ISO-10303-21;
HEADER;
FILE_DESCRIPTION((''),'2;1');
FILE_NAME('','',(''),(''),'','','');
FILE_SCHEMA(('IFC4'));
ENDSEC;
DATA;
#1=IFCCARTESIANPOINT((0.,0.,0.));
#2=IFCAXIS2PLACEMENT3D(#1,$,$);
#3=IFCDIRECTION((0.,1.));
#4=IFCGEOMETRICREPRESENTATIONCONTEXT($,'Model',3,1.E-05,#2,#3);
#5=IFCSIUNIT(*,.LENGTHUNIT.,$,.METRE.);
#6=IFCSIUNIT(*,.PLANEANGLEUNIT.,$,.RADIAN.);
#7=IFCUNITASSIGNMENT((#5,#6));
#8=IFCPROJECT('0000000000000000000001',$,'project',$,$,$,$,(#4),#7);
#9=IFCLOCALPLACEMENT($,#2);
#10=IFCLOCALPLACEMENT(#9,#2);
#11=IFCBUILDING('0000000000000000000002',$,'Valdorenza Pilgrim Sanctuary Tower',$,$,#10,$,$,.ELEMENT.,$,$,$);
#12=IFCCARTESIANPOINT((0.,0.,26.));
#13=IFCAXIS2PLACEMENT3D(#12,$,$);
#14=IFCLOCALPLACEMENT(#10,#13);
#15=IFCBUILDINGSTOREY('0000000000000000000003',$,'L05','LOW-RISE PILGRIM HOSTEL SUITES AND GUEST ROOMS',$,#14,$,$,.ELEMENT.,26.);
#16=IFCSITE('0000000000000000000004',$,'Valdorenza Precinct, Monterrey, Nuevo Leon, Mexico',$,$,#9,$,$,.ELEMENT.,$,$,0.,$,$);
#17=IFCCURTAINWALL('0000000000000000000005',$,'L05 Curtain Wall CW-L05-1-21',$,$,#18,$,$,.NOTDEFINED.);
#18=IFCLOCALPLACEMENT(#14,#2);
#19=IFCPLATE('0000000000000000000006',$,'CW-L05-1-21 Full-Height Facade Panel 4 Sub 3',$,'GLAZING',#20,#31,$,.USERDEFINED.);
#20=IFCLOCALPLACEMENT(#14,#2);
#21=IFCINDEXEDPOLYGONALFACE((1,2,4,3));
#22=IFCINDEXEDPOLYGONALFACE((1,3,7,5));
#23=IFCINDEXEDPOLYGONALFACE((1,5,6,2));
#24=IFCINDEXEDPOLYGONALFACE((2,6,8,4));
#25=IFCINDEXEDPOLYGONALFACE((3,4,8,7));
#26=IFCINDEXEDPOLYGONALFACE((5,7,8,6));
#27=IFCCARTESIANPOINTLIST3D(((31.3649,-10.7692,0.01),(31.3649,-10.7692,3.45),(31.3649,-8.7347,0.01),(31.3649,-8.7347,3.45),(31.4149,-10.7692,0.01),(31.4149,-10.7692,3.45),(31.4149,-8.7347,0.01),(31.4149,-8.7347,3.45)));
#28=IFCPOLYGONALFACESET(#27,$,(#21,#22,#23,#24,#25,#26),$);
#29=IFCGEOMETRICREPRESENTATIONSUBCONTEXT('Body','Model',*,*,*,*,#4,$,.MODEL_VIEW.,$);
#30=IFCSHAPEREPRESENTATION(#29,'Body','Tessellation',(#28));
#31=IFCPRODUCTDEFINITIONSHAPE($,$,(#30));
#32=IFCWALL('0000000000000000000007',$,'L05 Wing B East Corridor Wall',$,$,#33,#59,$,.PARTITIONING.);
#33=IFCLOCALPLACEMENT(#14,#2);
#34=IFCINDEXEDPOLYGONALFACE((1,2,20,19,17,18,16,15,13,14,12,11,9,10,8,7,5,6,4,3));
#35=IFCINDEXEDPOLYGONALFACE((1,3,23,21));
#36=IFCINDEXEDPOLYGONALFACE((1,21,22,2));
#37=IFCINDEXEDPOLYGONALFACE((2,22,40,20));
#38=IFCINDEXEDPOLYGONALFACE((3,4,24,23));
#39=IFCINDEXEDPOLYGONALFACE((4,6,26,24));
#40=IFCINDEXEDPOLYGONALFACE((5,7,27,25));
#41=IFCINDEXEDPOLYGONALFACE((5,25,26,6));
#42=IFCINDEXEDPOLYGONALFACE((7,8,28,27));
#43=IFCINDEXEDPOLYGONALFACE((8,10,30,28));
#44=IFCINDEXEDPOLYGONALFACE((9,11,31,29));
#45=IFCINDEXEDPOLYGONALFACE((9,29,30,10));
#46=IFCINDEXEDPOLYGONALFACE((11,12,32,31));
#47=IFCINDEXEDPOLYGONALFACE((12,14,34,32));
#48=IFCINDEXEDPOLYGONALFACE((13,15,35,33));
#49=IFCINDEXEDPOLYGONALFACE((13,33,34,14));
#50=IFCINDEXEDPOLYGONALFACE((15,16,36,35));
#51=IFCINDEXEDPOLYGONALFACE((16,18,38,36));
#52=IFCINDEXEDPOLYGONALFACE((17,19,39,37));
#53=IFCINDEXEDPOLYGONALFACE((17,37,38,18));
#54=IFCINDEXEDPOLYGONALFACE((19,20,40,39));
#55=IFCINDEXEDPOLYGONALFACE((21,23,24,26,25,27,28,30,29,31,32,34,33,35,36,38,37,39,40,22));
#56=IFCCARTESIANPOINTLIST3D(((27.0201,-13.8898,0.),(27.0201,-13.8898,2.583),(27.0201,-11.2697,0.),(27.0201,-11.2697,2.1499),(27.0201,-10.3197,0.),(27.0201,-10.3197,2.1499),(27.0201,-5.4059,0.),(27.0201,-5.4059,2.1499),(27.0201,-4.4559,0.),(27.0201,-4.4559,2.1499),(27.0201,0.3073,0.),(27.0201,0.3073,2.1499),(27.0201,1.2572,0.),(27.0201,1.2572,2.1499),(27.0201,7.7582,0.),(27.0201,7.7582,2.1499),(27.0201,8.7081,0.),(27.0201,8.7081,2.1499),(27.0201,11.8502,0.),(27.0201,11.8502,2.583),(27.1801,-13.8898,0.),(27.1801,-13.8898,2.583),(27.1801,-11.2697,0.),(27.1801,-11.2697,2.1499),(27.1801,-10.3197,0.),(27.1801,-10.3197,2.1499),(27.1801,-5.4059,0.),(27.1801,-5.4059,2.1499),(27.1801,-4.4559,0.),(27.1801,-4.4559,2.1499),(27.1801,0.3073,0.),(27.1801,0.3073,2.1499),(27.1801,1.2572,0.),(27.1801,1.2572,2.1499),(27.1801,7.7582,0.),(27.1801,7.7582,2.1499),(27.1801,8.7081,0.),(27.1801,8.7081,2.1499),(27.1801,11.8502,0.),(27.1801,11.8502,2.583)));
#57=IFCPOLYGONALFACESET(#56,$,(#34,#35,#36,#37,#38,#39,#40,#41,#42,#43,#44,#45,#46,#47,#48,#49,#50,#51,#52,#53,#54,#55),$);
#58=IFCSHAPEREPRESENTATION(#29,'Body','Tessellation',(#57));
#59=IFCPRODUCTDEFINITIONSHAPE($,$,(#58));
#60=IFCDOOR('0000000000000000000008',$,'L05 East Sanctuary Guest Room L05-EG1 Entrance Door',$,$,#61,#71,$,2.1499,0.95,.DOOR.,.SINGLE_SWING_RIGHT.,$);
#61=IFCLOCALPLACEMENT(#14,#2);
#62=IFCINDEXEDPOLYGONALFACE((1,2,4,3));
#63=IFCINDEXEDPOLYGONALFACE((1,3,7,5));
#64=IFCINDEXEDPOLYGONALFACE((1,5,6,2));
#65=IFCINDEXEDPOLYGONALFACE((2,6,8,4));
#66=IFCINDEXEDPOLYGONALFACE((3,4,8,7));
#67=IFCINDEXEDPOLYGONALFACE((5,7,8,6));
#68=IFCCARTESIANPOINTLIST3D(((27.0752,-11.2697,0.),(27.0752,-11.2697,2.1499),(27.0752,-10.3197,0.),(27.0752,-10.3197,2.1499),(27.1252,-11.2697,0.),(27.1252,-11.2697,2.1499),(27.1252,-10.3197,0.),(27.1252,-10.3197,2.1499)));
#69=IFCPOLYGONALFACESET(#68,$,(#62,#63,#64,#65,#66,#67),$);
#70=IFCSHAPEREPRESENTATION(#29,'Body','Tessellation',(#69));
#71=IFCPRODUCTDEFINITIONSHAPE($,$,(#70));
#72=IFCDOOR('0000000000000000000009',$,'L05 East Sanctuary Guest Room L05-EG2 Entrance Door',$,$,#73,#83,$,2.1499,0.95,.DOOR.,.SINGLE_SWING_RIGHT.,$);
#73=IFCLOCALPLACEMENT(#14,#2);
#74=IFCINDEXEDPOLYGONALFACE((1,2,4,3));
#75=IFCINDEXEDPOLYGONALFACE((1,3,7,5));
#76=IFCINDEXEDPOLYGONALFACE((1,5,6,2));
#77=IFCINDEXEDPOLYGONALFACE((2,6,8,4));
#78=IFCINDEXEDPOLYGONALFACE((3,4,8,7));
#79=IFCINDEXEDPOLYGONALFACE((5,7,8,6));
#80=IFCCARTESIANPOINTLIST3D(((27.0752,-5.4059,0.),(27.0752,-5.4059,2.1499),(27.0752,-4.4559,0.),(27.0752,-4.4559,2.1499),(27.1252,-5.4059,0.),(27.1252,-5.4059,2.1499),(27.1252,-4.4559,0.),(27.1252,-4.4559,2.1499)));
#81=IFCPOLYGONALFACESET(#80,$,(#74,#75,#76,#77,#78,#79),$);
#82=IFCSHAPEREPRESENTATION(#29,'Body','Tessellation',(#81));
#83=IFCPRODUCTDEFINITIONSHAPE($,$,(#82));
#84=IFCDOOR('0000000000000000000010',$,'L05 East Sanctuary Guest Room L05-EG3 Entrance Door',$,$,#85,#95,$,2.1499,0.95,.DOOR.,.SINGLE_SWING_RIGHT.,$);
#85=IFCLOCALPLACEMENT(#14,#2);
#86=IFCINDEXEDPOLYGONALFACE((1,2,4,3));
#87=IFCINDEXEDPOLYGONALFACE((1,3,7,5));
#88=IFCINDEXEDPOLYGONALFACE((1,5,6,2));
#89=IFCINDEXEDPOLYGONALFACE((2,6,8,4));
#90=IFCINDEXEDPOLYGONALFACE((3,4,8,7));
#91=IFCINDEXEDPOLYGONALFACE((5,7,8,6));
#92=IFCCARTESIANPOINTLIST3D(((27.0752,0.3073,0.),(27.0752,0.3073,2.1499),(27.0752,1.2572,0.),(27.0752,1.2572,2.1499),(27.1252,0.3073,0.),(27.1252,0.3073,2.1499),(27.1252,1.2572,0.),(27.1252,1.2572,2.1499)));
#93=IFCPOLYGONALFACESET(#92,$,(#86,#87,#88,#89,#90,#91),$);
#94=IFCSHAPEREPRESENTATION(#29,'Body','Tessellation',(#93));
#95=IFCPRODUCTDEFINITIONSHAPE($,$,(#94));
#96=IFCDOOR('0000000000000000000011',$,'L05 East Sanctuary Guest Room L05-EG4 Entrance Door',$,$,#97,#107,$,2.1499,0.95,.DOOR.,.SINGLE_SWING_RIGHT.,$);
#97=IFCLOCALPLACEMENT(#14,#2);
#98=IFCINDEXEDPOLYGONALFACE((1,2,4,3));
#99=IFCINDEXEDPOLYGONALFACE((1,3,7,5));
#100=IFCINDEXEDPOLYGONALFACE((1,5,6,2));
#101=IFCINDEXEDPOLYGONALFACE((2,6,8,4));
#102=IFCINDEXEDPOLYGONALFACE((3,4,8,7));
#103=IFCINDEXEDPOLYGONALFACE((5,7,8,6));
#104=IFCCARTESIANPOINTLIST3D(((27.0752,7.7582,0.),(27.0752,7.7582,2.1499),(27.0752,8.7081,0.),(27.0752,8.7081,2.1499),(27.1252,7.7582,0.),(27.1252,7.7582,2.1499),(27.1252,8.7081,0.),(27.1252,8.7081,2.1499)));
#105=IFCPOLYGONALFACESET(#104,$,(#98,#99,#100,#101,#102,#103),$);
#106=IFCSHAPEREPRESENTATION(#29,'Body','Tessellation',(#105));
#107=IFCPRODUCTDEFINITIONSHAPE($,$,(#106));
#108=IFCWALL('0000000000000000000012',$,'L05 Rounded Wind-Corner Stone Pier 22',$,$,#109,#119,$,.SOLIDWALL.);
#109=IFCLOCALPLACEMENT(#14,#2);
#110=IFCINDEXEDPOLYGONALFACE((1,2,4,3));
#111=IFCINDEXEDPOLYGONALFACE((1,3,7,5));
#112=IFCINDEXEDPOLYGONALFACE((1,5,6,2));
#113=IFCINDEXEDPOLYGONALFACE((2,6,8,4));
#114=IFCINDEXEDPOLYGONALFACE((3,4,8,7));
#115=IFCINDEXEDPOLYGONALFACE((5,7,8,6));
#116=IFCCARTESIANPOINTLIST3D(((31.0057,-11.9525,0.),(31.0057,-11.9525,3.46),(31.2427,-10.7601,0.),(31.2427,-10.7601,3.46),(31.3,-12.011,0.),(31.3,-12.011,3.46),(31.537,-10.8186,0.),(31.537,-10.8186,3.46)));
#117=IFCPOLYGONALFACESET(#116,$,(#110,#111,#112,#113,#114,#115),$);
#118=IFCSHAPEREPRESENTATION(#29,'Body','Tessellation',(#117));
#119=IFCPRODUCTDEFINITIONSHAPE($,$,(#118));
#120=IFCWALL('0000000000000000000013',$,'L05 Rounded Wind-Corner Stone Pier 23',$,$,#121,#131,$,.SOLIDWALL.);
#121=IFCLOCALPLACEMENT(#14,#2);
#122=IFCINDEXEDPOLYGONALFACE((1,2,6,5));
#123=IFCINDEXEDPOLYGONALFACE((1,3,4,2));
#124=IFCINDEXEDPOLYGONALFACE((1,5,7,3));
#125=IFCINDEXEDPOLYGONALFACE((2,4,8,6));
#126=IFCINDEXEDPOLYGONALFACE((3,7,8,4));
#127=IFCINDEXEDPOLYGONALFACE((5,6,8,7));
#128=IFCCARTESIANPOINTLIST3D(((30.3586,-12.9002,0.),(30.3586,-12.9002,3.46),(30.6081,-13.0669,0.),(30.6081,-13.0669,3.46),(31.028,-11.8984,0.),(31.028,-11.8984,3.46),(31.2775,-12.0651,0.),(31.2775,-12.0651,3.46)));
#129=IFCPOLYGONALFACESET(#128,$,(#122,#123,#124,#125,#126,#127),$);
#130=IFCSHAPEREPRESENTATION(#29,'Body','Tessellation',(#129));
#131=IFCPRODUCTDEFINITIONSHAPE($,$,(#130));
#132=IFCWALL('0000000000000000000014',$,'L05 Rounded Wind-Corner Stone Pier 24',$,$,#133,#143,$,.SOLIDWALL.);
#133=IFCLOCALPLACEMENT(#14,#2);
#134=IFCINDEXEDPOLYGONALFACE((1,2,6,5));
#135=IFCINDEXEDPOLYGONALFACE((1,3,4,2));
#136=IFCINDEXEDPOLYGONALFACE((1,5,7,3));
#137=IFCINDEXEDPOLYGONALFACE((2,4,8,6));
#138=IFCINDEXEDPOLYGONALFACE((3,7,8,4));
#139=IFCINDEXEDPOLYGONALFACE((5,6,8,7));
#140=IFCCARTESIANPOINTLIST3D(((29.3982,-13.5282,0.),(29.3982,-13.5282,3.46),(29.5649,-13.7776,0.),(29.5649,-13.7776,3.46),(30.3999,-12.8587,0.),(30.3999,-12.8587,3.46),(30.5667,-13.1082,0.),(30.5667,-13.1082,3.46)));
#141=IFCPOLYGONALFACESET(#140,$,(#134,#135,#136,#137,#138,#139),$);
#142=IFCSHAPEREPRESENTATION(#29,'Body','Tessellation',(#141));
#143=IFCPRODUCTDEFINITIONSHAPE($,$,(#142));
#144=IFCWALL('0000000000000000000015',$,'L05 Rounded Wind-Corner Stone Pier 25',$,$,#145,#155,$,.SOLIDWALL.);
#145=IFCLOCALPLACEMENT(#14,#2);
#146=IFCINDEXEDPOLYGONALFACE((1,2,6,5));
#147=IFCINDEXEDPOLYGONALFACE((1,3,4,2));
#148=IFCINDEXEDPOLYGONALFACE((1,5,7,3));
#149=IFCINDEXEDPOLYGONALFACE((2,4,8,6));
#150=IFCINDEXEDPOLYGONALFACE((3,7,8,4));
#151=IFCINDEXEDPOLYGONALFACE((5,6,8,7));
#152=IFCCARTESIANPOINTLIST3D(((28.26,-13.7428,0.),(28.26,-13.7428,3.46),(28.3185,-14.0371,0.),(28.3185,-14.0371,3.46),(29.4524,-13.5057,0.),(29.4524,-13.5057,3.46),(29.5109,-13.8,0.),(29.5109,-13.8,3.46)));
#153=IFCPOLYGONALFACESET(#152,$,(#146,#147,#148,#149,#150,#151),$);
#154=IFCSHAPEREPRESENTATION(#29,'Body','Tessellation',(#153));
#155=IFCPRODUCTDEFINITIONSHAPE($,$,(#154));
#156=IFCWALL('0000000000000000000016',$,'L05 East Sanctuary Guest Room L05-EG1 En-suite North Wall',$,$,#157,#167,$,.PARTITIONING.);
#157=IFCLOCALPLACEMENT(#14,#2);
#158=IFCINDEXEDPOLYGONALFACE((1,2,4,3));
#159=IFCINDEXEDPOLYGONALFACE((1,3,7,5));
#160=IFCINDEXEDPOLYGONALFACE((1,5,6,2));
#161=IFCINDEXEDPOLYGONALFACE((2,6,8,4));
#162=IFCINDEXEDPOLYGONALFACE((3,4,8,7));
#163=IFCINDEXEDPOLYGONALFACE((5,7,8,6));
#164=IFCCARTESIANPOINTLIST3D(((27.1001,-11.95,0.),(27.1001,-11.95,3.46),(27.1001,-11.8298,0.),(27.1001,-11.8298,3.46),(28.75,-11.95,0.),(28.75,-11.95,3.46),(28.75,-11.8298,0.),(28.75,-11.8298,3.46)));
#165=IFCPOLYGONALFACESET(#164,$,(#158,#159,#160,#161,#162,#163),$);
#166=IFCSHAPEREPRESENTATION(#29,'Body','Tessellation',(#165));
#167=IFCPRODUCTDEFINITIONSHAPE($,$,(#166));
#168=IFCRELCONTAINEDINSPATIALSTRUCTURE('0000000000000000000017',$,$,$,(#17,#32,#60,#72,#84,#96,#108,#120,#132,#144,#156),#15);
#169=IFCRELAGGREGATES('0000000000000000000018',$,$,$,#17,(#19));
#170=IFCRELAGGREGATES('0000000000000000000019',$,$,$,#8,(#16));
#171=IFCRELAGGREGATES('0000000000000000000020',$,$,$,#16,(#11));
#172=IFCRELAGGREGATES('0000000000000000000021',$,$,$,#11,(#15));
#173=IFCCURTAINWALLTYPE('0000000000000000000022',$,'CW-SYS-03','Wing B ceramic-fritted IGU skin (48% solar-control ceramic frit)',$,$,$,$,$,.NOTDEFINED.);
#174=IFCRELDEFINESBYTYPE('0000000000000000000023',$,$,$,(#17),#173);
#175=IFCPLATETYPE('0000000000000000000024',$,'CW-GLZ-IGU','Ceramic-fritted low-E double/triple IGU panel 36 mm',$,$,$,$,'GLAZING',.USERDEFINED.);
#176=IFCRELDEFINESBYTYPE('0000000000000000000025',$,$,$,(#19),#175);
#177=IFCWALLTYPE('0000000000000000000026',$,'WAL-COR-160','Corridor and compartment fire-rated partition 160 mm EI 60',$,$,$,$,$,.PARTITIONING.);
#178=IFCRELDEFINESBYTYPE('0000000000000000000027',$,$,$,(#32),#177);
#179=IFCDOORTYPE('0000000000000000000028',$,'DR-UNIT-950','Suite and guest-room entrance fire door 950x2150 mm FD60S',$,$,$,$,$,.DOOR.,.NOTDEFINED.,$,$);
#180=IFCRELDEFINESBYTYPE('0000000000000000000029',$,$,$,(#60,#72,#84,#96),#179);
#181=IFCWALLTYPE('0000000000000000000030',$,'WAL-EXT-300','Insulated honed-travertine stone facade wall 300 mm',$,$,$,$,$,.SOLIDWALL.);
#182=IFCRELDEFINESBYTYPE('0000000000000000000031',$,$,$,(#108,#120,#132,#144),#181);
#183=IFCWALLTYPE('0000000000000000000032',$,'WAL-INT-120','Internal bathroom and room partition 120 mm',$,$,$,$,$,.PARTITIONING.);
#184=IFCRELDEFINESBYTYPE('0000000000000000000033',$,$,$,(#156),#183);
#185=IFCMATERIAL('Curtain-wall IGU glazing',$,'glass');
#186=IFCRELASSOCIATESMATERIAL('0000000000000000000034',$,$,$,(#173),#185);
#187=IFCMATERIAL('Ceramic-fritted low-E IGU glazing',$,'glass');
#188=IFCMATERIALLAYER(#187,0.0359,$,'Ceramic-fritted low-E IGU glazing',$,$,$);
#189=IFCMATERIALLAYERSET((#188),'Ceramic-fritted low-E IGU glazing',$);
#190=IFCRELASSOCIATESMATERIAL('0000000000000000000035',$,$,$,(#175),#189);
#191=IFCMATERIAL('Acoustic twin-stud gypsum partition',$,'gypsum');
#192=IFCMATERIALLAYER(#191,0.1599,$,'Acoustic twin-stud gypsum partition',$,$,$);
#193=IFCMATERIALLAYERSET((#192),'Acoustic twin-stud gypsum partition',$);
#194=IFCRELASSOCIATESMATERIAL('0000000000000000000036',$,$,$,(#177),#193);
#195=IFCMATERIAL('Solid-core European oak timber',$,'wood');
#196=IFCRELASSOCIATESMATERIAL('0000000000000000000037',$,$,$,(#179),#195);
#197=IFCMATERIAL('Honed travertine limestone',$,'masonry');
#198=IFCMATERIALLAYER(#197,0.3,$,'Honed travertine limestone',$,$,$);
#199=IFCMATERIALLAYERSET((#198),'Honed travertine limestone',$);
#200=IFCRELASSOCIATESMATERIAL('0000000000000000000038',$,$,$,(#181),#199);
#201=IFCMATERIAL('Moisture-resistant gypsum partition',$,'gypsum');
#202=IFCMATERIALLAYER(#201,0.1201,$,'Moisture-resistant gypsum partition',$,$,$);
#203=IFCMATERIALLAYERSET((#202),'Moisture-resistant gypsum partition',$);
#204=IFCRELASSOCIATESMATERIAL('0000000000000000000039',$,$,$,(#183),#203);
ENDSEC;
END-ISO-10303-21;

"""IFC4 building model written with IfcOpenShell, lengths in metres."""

from ifc_helpers import new_model, si_unit, direction, frame, frame_2d, origin, origin_2d, place, context, subcontext, project, spatial, rectangle, extrude, source, transform, mapped, material, layer, layer_set, type_object, element, fill, aggregate, save


model = new_model("IFC4")

# Units and contexts
model_context = context("Model", 3, precision=1e-05, world=origin(), true_north=direction((0.0, 1.0)))
body_context = subcontext(model_context, "Body", "Model", "MODEL_VIEW")
ifc_project = project(units=[si_unit("LENGTHUNIT", "METRE"), si_unit("PLANEANGLEUNIT", "RADIAN")], contexts=[model_context])

# Site, building, storey
site_placement = place(None, origin())
site = spatial("IfcSite", under=ifc_project, at=site_placement, Name="Valdorenza Precinct, Monterrey, Nuevo Leon, Mexico", CompositionType="ELEMENT", RefElevation=0.0)
building_placement = place(site_placement, origin())
building = spatial("IfcBuilding", under=site, at=building_placement, Name="Valdorenza Pilgrim Sanctuary Tower", CompositionType="ELEMENT")
storey_placement = place(building_placement, frame((0.0, 0.0, 26.0)))
storey = spatial("IfcBuildingStorey", under=building, at=storey_placement, Name="L05", Description="LOW-RISE PILGRIM HOSTEL SUITES AND GUEST ROOMS", CompositionType="ELEMENT", Elevation=26.0)

# Curtain wall
ifc_material_1 = material(Name="Curtain-wall IGU glazing", Category="glass")
curtain_wall_type = type_object("IfcCurtainWallType", Name="CW-SYS-03", Description="Wing B ceramic-fritted IGU skin (48% solar-control ceramic frit)", PredefinedType="NOTDEFINED", material=ifc_material_1)
curtain_wall_1_placement = place(storey_placement, origin())
curtain_wall_1 = element("IfcCurtainWall", 1, at=curtain_wall_1_placement, inside=storey, type_object=curtain_wall_type, Name="L05 Curtain Wall CW-L05-1-21", PredefinedType="NOTDEFINED")

# Plate
ifc_material_2 = material(Name="Ceramic-fritted low-E IGU glazing", Category="glass")
ifc_layer_1 = layer(ifc_material_2, 0.0359, Name="Ceramic-fritted low-E IGU glazing")
ifc_layer_set_1 = layer_set([ifc_layer_1], Name="Ceramic-fritted low-E IGU glazing")
plate_type = type_object("IfcPlateType", Name="CW-GLZ-IGU", Description="Ceramic-fritted low-E double/triple IGU panel 36 mm", ElementType="GLAZING", PredefinedType="USERDEFINED", material=ifc_layer_set_1)
shared_shape_1 = source(origin(), body_context, "Body", "SweptSolid", [
    extrude(rectangle(XDim=2.0344, YDim=0.05, at=origin_2d()), origin(), (0.0, 0.0, 1.0), 3.4399),
])
plate_placement = place(storey_placement, frame((31.3899, -9.752, 0.01), z_axis=(0.0, 0.0, 1.0), x_axis=(0.0, -1.0, 0.0)))
plate = element("IfcPlate", 2, at=plate_placement, type_object=plate_type, Name="CW-L05-1-21 Full-Height Facade Panel 4 Sub 3", ObjectType="GLAZING", PredefinedType="USERDEFINED", context=body_context, shape_type="MappedRepresentation", body=[
    mapped(shared_shape_1, transform((0.0, 0.0, 0.0), x_axis=(1.0, 0.0, 0.0), y_axis=(0.0, 1.0, 0.0), z_axis=(0.0, 0.0, 1.0), scale=1.0)),
])
aggregate(curtain_wall_1, [plate])

# Shared definitions
ifc_material_3 = material(Name="Acoustic twin-stud gypsum partition", Category="gypsum")
ifc_layer_2 = layer(ifc_material_3, 0.1599, Name="Acoustic twin-stud gypsum partition")
ifc_layer_set_2 = layer_set([ifc_layer_2], Name="Acoustic twin-stud gypsum partition")
wall_type_1 = type_object("IfcWallType", Name="WAL-COR-160", Description="Corridor and compartment fire-rated partition 160 mm EI 60", PredefinedType="PARTITIONING", material=ifc_layer_set_2)
ifc_material_4 = material(Name="Solid-core European oak timber", Category="wood")
door_type_1 = type_object("IfcDoorType", Name="DR-UNIT-950", Description="Suite and guest-room entrance fire door 950x2150 mm FD60S", OperationType="NOTDEFINED", PredefinedType="DOOR", material=ifc_material_4)

# Wall, openings, doors
wall_1_placement = place(storey_placement, frame((27.1001, -13.8899, 0.0), z_axis=(0.0, 0.0, 1.0), x_axis=(0.0, 1.0, 0.0)))
wall_1 = element("IfcWall", 3, at=wall_1_placement, inside=storey, type_object=wall_type_1, Name="L05 Wing B East Corridor Wall", PredefinedType="PARTITIONING", context=body_context, shape_type="SweptSolid", body=[
    extrude(rectangle(XDim=25.74, YDim=0.1599, at=frame_2d((12.8701, 0.0))), origin(), (0.0, 0.0, 1.0), 2.583),
])
opening_1_placement = place(wall_1_placement, frame((2.6201, 0.0, 0.0)))
opening_1 = element("IfcOpeningElement", 4, at=opening_1_placement, cuts=wall_1, PredefinedType="OPENING", context=body_context, shape_type="SweptSolid", body=[
    extrude(rectangle(XDim=0.95, YDim=2.1499, at=frame_2d((0.4751, 1.075))), frame((0.0, 0.0947, 0.0), z_axis=(0.0, -1.0, 0.0), x_axis=(1.0, 0.0, 0.0)), (0.0, 0.0, 1.0), 0.1897),
])
opening_2_placement = place(wall_1_placement, frame((8.4839, 0.0, 0.0)))
opening_2 = element("IfcOpeningElement", 5, at=opening_2_placement, cuts=wall_1, PredefinedType="OPENING", context=body_context, shape_type="SweptSolid", body=[
    extrude(rectangle(XDim=0.95, YDim=2.1499, at=frame_2d((0.4751, 1.075))), frame((0.0, 0.0947, 0.0), z_axis=(0.0, -1.0, 0.0), x_axis=(1.0, 0.0, 0.0)), (0.0, 0.0, 1.0), 0.1897),
])
opening_3_placement = place(wall_1_placement, frame((14.197, 0.0, 0.0)))
opening_3 = element("IfcOpeningElement", 6, at=opening_3_placement, cuts=wall_1, PredefinedType="OPENING", context=body_context, shape_type="SweptSolid", body=[
    extrude(rectangle(XDim=0.95, YDim=2.1499, at=frame_2d((0.4751, 1.075))), frame((0.0, 0.0947, 0.0), z_axis=(0.0, -1.0, 0.0), x_axis=(1.0, 0.0, 0.0)), (0.0, 0.0, 1.0), 0.1897),
])
opening_4_placement = place(wall_1_placement, frame((21.6479, 0.0, 0.0)))
opening_4 = element("IfcOpeningElement", 7, at=opening_4_placement, cuts=wall_1, PredefinedType="OPENING", context=body_context, shape_type="SweptSolid", body=[
    extrude(rectangle(XDim=0.95, YDim=2.1499, at=frame_2d((0.4751, 1.075))), frame((0.0, 0.0947, 0.0), z_axis=(0.0, -1.0, 0.0), x_axis=(1.0, 0.0, 0.0)), (0.0, 0.0, 1.0), 0.1897),
])
door_1_placement = place(opening_1_placement, origin())
door_1 = element("IfcDoor", 8, at=door_1_placement, inside=storey, type_object=door_type_1, Name="L05 East Sanctuary Guest Room L05-EG1 Entrance Door", OperationType="SINGLE_SWING_RIGHT", OverallHeight=2.1499, OverallWidth=0.95, PredefinedType="DOOR", context=body_context, shape_type="SweptSolid", body=[
    extrude(rectangle(XDim=0.95, YDim=2.1499, at=frame_2d((0.4751, 1.075))), frame((0.0, 0.0249, 0.0), z_axis=(0.0, -1.0, 0.0), x_axis=(1.0, 0.0, 0.0)), (0.0, 0.0, 1.0), 0.05),
])
fill(opening_1, door_1)
door_2_placement = place(opening_2_placement, origin())
door_2 = element("IfcDoor", 9, at=door_2_placement, inside=storey, type_object=door_type_1, Name="L05 East Sanctuary Guest Room L05-EG2 Entrance Door", OperationType="SINGLE_SWING_RIGHT", OverallHeight=2.1499, OverallWidth=0.95, PredefinedType="DOOR", context=body_context, shape_type="SweptSolid", body=[
    extrude(rectangle(XDim=0.95, YDim=2.1499, at=frame_2d((0.4751, 1.075))), frame((0.0, 0.0249, 0.0), z_axis=(0.0, -1.0, 0.0), x_axis=(1.0, 0.0, 0.0)), (0.0, 0.0, 1.0), 0.05),
])
fill(opening_2, door_2)
door_3_placement = place(opening_3_placement, origin())
door_3 = element("IfcDoor", 10, at=door_3_placement, inside=storey, type_object=door_type_1, Name="L05 East Sanctuary Guest Room L05-EG3 Entrance Door", OperationType="SINGLE_SWING_RIGHT", OverallHeight=2.1499, OverallWidth=0.95, PredefinedType="DOOR", context=body_context, shape_type="SweptSolid", body=[
    extrude(rectangle(XDim=0.95, YDim=2.1499, at=frame_2d((0.4751, 1.075))), frame((0.0, 0.0249, 0.0), z_axis=(0.0, -1.0, 0.0), x_axis=(1.0, 0.0, 0.0)), (0.0, 0.0, 1.0), 0.05),
])
fill(opening_3, door_3)
door_4_placement = place(opening_4_placement, origin())
door_4 = element("IfcDoor", 11, at=door_4_placement, inside=storey, type_object=door_type_1, Name="L05 East Sanctuary Guest Room L05-EG4 Entrance Door", OperationType="SINGLE_SWING_RIGHT", OverallHeight=2.1499, OverallWidth=0.95, PredefinedType="DOOR", context=body_context, shape_type="SweptSolid", body=[
    extrude(rectangle(XDim=0.95, YDim=2.1499, at=frame_2d((0.4751, 1.075))), frame((0.0, 0.0249, 0.0), z_axis=(0.0, -1.0, 0.0), x_axis=(1.0, 0.0, 0.0)), (0.0, 0.0, 1.0), 0.05),
])
fill(opening_4, door_4)

# Walls
ifc_material_5 = material(Name="Honed travertine limestone", Category="masonry")
ifc_layer_3 = layer(ifc_material_5, 0.3, Name="Honed travertine limestone")
ifc_layer_set_3 = layer_set([ifc_layer_3], Name="Honed travertine limestone")
wall_type_2 = type_object("IfcWallType", Name="WAL-EXT-300", Description="Insulated honed-travertine stone facade wall 300 mm", PredefinedType="SOLIDWALL", material=ifc_layer_set_3)
wall_2_placement = place(storey_placement, frame((31.3899, -10.7893, 0.0), z_axis=(0.0, 0.0, 1.0), x_axis=(-0.194996, -0.980804, 0.0)))
element("IfcWall", 12, at=wall_2_placement, inside=storey, type_object=wall_type_2, Name="L05 Rounded Wind-Corner Stone Pier 22", PredefinedType="SOLIDWALL", context=body_context, shape_type="SweptSolid", body=[
    extrude(rectangle(XDim=1.2158, YDim=0.3, at=frame_2d((0.6079, 0.0))), origin(), (0.0, 0.0, 1.0), 3.46),
])
for number, where, z_axis, x_axis, name in (
    (13, (31.1528, -11.9817, 0.0), (0.0, 0.0, 1.0), (-0.555635, -0.831426, 0.0), "L05 Rounded Wind-Corner Stone Pier 23"),
    (14, (30.4834, -12.9834, 0.0), (0.0, 0.0, 1.0), (-0.831426, -0.555635, 0.0), "L05 Rounded Wind-Corner Stone Pier 24"),
):
    element("IfcWall", number, at=place(storey_placement, frame(where, z_axis=z_axis, x_axis=x_axis)), inside=storey, type_object=wall_type_2, Name=name, PredefinedType="SOLIDWALL", context=body_context, shape_type="SweptSolid", body=[
        extrude(rectangle(XDim=1.2048, YDim=0.3, at=frame_2d((0.6025, 0.0))), origin(), (0.0, 0.0, 1.0), 3.46),
    ])
wall_3_placement = place(storey_placement, frame((29.4817, -13.6528, 0.0), z_axis=(0.0, 0.0, 1.0), x_axis=(-0.980804, -0.194996, 0.0)))
element("IfcWall", 15, at=wall_3_placement, inside=storey, type_object=wall_type_2, Name="L05 Rounded Wind-Corner Stone Pier 25", PredefinedType="SOLIDWALL", context=body_context, shape_type="SweptSolid", body=[
    extrude(rectangle(XDim=1.2158, YDim=0.3, at=frame_2d((0.6079, 0.0))), origin(), (0.0, 0.0, 1.0), 3.46),
])
ifc_material_6 = material(Name="Moisture-resistant gypsum partition", Category="gypsum")
ifc_layer_4 = layer(ifc_material_6, 0.1201, Name="Moisture-resistant gypsum partition")
ifc_layer_set_4 = layer_set([ifc_layer_4], Name="Moisture-resistant gypsum partition")
wall_type_3 = type_object("IfcWallType", Name="WAL-INT-120", Description="Internal bathroom and room partition 120 mm", PredefinedType="PARTITIONING", material=ifc_layer_set_4)
wall_4_placement = place(storey_placement, frame((27.1001, -11.8899, 0.0), z_axis=(0.0, 0.0, 1.0), x_axis=(1.0, 0.0, 0.0)))
element("IfcWall", 16, at=wall_4_placement, inside=storey, type_object=wall_type_3, Name="L05 East Sanctuary Guest Room L05-EG1 En-suite North Wall", PredefinedType="PARTITIONING", context=body_context, shape_type="SweptSolid", body=[
    extrude(rectangle(XDim=1.6499, YDim=0.1201, at=frame_2d((0.825, 0.0))), origin(), (0.0, 0.0, 1.0), 3.46),
])

save(model, "model.ifc")
